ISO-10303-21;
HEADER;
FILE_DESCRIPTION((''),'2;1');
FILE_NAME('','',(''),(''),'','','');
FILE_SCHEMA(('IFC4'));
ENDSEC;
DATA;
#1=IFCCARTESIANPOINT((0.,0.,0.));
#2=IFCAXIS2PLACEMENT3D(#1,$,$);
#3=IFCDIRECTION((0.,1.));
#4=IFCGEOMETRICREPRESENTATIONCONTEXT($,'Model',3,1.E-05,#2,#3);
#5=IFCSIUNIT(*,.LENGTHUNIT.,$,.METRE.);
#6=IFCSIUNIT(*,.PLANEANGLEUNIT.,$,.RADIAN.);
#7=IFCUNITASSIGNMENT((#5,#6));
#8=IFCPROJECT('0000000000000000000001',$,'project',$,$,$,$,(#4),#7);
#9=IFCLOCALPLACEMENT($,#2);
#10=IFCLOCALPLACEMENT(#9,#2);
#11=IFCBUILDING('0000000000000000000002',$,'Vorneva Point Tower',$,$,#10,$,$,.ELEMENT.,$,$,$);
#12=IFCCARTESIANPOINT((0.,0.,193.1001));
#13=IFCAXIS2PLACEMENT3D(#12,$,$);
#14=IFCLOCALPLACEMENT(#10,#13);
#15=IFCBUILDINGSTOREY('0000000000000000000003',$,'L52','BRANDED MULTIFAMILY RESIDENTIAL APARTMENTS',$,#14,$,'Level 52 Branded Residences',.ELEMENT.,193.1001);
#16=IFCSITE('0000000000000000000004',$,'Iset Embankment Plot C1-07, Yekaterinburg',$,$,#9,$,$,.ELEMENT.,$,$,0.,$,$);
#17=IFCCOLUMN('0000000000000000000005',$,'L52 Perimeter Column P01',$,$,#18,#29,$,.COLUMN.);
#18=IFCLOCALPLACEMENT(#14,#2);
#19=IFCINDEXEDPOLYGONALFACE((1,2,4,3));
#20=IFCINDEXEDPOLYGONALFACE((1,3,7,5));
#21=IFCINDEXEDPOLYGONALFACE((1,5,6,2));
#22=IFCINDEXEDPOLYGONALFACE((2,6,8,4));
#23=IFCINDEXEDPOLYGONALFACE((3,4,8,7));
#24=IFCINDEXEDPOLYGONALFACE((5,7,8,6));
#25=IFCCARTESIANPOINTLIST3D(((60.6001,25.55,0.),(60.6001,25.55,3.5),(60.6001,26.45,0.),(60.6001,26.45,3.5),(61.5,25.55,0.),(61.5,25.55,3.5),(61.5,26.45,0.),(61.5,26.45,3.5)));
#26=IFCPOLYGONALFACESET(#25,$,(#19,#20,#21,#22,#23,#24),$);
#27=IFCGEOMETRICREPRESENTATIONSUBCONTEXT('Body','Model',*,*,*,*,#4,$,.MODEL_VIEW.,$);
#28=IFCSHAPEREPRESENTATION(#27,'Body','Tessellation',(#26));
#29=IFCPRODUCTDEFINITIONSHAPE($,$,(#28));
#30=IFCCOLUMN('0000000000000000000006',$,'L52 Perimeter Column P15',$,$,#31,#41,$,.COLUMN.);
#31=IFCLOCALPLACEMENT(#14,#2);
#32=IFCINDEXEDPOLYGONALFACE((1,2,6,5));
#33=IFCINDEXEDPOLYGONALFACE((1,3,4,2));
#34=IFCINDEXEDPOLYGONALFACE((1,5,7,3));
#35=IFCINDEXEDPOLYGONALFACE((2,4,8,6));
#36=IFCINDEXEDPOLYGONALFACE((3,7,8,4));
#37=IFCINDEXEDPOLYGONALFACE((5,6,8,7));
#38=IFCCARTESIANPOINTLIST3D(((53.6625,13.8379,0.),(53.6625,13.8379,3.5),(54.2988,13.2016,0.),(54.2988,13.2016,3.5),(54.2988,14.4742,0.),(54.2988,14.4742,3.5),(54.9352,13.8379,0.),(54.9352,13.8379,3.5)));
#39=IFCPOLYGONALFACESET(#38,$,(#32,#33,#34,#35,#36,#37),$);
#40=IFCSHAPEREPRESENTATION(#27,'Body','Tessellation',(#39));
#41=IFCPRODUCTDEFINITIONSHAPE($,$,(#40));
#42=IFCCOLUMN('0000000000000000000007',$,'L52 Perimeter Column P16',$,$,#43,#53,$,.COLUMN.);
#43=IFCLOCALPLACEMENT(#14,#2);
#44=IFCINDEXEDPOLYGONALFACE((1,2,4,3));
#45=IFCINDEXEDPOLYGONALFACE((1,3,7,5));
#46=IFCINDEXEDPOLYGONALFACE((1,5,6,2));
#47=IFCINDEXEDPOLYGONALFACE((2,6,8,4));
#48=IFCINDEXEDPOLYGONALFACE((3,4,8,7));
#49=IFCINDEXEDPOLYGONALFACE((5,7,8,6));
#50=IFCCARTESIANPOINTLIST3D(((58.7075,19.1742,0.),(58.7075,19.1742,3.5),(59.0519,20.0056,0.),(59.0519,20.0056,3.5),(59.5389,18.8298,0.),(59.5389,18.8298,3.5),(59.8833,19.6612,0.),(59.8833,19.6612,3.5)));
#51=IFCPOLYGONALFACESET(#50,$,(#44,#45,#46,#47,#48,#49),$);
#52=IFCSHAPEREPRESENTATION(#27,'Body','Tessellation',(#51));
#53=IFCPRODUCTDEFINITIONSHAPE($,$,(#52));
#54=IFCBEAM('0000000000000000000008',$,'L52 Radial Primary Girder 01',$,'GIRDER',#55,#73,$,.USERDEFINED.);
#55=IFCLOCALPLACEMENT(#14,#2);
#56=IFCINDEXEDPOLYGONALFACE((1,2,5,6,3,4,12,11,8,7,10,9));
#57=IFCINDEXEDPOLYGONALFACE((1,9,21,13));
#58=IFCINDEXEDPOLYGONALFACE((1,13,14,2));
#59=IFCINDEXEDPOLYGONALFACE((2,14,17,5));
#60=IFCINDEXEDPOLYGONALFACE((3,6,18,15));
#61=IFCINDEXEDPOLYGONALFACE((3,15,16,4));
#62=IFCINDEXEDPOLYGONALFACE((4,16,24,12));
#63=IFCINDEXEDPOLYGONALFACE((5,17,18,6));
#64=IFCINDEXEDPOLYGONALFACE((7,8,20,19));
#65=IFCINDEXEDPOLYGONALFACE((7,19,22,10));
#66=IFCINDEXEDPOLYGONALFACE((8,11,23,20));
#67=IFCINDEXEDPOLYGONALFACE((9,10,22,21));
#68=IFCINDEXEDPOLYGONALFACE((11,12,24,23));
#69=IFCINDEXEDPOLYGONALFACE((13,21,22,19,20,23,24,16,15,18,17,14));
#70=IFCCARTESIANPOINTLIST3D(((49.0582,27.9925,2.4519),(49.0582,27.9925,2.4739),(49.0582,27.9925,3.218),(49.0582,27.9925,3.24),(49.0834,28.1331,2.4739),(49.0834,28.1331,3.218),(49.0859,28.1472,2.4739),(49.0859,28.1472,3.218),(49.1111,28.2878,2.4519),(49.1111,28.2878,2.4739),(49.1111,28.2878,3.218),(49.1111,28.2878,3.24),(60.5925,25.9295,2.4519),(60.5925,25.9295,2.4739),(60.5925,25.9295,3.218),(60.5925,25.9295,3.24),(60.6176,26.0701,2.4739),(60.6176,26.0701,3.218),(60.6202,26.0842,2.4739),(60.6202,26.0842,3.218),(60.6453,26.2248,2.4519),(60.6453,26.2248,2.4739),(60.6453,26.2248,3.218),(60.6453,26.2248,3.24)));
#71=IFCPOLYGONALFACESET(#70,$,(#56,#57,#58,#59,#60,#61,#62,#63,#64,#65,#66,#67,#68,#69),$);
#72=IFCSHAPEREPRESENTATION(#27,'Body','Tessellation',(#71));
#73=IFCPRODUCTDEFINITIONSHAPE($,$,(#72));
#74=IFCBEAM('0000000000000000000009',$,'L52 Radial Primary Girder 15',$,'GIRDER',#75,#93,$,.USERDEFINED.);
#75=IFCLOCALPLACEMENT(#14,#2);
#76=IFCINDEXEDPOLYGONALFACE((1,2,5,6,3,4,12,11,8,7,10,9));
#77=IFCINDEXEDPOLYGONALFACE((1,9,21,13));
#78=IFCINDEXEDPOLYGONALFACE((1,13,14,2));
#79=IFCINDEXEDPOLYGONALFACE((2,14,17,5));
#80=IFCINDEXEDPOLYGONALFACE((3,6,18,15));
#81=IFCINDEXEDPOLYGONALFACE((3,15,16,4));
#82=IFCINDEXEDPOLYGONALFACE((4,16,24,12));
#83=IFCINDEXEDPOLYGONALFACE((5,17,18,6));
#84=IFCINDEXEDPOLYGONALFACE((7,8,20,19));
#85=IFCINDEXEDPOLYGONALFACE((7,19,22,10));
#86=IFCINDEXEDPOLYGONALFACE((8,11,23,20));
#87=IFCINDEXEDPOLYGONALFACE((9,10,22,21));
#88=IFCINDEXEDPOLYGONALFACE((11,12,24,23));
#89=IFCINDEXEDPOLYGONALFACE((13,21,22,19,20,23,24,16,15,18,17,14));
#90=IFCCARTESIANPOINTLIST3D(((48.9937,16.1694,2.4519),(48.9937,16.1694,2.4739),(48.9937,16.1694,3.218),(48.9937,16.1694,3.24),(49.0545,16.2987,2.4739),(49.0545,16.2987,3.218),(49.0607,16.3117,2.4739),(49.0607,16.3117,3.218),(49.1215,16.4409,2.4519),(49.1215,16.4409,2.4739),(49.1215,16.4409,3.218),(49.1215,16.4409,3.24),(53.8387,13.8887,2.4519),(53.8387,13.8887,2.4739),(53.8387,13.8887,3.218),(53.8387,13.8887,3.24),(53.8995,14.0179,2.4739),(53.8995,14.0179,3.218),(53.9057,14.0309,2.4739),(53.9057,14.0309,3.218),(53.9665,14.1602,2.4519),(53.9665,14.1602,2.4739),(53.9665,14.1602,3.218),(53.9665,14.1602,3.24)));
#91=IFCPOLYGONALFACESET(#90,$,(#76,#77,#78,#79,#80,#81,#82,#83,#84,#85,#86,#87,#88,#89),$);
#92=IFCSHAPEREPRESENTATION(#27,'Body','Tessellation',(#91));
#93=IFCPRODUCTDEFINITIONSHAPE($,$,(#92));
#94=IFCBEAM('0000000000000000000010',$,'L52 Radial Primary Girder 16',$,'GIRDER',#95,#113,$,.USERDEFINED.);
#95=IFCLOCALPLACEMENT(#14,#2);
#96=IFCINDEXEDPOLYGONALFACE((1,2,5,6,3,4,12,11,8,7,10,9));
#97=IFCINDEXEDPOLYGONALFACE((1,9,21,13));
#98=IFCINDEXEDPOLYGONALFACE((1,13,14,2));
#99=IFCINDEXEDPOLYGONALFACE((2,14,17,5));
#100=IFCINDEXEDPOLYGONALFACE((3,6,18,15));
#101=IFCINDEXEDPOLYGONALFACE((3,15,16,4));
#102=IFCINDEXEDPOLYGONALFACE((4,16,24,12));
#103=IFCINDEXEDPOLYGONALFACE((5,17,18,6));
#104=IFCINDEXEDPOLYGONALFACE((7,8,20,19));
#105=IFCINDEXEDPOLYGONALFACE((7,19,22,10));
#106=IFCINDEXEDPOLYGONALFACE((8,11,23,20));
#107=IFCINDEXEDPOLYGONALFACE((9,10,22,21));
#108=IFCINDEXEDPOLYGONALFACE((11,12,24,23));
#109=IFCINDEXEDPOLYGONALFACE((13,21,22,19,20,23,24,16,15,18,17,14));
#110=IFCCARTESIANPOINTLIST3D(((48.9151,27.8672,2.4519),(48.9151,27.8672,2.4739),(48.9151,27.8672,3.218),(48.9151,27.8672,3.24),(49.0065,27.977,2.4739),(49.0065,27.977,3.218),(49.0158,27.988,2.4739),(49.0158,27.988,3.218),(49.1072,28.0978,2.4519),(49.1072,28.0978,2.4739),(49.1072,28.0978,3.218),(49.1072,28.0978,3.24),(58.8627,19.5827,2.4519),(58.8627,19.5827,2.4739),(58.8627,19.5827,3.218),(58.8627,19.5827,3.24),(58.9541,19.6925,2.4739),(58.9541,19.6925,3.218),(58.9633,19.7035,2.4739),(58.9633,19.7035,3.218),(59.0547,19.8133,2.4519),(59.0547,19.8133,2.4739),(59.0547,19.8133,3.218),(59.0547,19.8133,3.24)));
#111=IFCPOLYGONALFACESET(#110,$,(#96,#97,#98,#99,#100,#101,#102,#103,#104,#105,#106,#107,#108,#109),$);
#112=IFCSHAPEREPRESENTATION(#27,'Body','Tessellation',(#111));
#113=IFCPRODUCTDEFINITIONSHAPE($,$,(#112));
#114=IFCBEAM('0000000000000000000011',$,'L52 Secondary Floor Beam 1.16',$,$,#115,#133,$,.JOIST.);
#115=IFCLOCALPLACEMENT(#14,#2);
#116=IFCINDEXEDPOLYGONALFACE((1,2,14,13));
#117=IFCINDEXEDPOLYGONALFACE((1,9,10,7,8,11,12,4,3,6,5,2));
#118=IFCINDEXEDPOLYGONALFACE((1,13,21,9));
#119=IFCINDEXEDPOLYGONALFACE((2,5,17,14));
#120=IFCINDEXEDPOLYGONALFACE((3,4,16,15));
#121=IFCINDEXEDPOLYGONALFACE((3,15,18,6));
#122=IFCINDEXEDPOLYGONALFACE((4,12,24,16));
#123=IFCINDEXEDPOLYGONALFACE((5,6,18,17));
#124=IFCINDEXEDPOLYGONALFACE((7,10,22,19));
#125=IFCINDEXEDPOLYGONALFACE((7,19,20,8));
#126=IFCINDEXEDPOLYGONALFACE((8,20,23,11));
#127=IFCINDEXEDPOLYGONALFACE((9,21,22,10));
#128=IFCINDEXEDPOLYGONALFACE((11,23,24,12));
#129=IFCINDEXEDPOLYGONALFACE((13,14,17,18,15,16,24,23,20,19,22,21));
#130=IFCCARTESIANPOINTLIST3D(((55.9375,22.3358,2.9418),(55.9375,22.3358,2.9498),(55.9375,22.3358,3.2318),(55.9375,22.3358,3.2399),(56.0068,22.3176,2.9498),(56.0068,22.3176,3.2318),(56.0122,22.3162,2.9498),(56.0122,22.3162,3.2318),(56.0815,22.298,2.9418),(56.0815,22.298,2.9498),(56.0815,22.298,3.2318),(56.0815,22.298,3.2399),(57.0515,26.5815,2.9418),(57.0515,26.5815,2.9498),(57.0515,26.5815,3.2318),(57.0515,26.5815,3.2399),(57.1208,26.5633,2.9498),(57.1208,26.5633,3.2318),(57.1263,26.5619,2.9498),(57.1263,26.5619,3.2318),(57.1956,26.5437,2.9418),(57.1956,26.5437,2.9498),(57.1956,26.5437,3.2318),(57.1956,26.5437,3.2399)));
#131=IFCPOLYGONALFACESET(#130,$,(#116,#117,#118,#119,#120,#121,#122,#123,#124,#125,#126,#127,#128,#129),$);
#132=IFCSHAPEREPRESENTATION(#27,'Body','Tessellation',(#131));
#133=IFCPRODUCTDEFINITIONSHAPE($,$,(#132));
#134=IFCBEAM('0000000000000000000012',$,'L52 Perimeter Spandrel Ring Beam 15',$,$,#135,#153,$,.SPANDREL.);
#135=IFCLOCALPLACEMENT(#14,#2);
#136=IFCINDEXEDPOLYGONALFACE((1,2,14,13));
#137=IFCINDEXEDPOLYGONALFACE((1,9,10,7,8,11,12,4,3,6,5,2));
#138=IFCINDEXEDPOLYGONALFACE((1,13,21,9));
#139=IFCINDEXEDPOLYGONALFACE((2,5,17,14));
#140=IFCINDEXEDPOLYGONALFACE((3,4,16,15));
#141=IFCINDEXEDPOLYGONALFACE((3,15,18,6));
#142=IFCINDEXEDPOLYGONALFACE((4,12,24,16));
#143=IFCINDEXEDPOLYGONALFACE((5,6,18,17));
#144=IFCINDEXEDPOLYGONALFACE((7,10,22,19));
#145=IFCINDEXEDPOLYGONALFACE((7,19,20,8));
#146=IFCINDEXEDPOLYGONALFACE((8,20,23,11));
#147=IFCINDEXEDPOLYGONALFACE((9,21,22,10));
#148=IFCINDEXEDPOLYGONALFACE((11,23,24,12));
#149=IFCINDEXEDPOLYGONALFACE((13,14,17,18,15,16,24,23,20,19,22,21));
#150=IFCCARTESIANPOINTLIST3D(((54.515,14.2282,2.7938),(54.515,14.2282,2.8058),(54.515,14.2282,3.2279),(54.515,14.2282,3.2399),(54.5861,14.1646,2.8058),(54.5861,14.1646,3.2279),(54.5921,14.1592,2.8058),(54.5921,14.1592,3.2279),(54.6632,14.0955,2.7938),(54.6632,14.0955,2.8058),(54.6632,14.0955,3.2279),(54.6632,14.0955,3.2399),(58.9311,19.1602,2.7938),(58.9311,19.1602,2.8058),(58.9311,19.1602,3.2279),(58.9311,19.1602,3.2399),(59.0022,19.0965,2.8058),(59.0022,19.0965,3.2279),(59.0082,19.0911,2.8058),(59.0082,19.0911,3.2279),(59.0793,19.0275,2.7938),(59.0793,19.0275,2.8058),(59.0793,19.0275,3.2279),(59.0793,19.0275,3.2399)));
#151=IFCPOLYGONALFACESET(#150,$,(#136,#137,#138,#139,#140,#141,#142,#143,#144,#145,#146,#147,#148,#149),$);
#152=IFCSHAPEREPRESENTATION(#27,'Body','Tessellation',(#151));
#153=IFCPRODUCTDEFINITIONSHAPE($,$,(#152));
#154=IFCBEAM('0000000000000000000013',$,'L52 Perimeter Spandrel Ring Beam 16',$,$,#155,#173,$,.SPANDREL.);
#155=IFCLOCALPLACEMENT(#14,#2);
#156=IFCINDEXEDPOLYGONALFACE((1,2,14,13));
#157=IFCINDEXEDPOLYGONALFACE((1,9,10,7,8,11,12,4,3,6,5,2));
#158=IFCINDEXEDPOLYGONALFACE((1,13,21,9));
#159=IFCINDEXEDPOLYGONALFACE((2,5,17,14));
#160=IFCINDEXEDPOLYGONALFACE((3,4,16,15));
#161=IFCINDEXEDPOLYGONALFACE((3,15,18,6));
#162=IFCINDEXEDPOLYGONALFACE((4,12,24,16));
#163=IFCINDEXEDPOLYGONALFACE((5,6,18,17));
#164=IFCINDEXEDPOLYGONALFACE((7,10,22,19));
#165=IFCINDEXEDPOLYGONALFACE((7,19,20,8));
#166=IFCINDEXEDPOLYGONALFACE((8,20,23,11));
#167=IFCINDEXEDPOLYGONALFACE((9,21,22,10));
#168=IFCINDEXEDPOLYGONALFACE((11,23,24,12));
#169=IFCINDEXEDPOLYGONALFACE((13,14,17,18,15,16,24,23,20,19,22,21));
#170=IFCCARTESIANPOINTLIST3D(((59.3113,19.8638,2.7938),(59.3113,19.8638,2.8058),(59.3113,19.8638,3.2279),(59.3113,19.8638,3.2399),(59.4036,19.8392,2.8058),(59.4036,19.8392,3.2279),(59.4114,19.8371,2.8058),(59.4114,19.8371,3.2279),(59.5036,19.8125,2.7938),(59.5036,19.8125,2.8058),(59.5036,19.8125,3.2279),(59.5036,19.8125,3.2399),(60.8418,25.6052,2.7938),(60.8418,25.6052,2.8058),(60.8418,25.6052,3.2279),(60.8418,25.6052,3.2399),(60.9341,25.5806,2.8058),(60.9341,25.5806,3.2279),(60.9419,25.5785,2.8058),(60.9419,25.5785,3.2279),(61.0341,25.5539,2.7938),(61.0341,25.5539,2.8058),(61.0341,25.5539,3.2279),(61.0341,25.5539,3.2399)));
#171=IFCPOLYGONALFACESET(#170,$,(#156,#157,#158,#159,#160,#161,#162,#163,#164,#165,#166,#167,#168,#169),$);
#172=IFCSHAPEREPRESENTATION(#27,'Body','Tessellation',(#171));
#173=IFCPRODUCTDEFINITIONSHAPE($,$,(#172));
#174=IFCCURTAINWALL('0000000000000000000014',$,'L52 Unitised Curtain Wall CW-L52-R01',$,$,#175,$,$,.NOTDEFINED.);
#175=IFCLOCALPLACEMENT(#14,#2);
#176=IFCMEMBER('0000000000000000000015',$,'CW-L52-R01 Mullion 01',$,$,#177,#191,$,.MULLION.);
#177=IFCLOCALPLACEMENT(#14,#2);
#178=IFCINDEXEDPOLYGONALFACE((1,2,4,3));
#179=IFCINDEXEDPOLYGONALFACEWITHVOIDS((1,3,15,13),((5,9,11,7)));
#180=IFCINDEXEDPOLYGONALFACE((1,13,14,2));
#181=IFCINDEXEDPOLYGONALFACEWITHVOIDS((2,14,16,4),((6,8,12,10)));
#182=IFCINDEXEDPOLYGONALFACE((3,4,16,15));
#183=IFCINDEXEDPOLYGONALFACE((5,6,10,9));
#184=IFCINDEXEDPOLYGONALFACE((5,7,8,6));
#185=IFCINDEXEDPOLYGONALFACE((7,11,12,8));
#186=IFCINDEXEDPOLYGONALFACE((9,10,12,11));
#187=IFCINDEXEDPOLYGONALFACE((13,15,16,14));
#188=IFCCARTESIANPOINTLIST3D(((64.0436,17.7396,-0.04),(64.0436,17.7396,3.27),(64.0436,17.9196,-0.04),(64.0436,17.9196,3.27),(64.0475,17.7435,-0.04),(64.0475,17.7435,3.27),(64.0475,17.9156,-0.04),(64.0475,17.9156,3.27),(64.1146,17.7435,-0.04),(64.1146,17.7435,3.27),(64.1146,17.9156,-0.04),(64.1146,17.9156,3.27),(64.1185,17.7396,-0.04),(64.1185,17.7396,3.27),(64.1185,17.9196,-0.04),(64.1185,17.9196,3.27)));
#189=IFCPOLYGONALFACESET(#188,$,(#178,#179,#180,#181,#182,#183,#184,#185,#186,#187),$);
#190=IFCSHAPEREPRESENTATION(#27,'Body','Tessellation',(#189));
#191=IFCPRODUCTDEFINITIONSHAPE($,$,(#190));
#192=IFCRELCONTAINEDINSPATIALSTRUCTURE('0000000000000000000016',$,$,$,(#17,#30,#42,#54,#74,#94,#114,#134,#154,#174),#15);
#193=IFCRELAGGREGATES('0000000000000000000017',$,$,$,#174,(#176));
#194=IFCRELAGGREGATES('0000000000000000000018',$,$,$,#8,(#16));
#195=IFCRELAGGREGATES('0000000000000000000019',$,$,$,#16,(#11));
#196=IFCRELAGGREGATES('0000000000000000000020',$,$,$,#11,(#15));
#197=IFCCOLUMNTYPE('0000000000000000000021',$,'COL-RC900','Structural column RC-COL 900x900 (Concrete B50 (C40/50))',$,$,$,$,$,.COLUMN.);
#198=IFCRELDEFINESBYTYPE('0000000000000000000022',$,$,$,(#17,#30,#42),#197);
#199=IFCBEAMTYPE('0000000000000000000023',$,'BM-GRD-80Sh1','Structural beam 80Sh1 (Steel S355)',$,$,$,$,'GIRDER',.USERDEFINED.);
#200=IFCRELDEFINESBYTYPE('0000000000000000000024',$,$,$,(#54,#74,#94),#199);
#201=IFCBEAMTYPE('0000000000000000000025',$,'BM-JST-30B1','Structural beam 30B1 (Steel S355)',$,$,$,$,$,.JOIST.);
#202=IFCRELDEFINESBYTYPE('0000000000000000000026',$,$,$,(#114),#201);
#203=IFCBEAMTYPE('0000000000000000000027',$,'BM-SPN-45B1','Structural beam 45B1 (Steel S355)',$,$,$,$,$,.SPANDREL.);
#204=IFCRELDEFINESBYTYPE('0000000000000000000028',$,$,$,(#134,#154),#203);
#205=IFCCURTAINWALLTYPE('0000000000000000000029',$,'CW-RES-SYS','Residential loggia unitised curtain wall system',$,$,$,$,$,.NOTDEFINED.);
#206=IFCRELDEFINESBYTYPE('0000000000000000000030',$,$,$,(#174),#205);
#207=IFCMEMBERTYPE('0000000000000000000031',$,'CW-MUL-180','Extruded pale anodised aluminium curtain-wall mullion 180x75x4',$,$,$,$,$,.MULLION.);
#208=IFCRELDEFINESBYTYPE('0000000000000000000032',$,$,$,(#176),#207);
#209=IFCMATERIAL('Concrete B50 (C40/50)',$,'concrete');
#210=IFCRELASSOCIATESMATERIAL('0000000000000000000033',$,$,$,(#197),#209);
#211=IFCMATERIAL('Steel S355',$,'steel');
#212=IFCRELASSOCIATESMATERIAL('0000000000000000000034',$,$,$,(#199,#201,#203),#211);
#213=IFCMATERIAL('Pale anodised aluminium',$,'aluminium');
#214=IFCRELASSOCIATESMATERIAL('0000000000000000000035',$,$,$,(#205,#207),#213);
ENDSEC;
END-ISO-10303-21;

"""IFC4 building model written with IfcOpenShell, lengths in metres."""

from ifc_helpers import new_model, si_unit, direction, frame, origin, origin_2d, place, context, subcontext, project, spatial, rectangle, hollow_rectangle, i_section, extrude, material, material_profile, profile_set, type_object, element, aggregate, save


model = new_model("IFC4")

# Units and contexts
model_context = context("Model", 3, precision=1e-05, world=origin(), true_north=direction((0.0, 1.0)))
body_context = subcontext(model_context, "Body", "Model", "MODEL_VIEW")
ifc_project = project(units=[si_unit("LENGTHUNIT", "METRE"), si_unit("PLANEANGLEUNIT", "RADIAN")], contexts=[model_context])

# Site, building, storey
site_placement = place(None, origin())
site = spatial("IfcSite", under=ifc_project, at=site_placement, Name="Iset Embankment Plot C1-07, Yekaterinburg", CompositionType="ELEMENT", RefElevation=0.0)
building_placement = place(site_placement, origin())
building = spatial("IfcBuilding", under=site, at=building_placement, Name="Vorneva Point Tower", CompositionType="ELEMENT")
storey_placement = place(building_placement, frame((0.0, 0.0, 193.1001)))
storey = spatial("IfcBuildingStorey", under=building, at=storey_placement, Name="L52", Description="BRANDED MULTIFAMILY RESIDENTIAL APARTMENTS", LongName="Level 52 Branded Residences", CompositionType="ELEMENT", Elevation=193.1001)

# Columns
ifc_material_1 = material(Name="Concrete B50 (C40/50)", Category="concrete")
ifc_material_profile_1 = material_profile(ifc_material_1, rectangle(XDim=0.8999, YDim=0.8999, at=origin_2d()), Name="RC-COL 900x900")
ifc_profile_set_1 = profile_set([ifc_material_profile_1], Name="Concrete B50 (C40/50)")
column_type = type_object("IfcColumnType", Name="COL-RC900", Description="Structural column RC-COL 900x900 (Concrete B50 (C40/50))", PredefinedType="COLUMN", material=ifc_profile_set_1)
for number, where, z_axis, x_axis, name in (
    (1, (61.05, 26.0, 0.0), (0.0, 0.0, 1.0), (1.0, 0.0, 0.0), "L52 Perimeter Column P01"),
    (2, (54.2988, 13.8379, 0.0), (0.0, 0.0, 1.0), (0.707107, -0.707107, 0.0), "L52 Perimeter Column P15"),
    (3, (59.2954, 19.4177, 0.0), (0.0, 0.0, 1.0), (0.92388, -0.382683, 0.0), "L52 Perimeter Column P16"),
):
    element("IfcColumn", number, at=place(storey_placement, frame(where, z_axis=z_axis, x_axis=x_axis)), inside=storey, type_object=column_type, Name=name, PredefinedType="COLUMN", context=body_context, shape_type="SweptSolid", body=[
        extrude(rectangle(XDim=0.8999, YDim=0.8999, at=origin_2d()), origin(), (0.0, 0.0, 1.0), 3.5),
    ])

# Beams
ifc_material_2 = material(Name="Steel S355", Category="steel")
ifc_material_profile_2 = material_profile(ifc_material_2, i_section(OverallWidth=0.3, OverallDepth=0.7881, WebThickness=0.0144, FlangeThickness=0.022, at=origin_2d()), Name="80Sh1")
ifc_profile_set_2 = profile_set([ifc_material_profile_2], Name="Steel S355")
beam_type_1 = type_object("IfcBeamType", Name="BM-GRD-80Sh1", Description="Structural beam 80Sh1 (Steel S355)", ElementType="GIRDER", PredefinedType="USERDEFINED", material=ifc_profile_set_2)
beam_1_placement = place(storey_placement, frame((60.6189, 26.0771, 2.8459), z_axis=(-0.984379, 0.176065, 0.0), x_axis=(-0.176065, -0.984379, 0.0)))
element("IfcBeam", 4, at=beam_1_placement, inside=storey, type_object=beam_type_1, Name="L52 Radial Primary Girder 01", ObjectType="GIRDER", PredefinedType="USERDEFINED", context=body_context, shape_type="SweptSolid", body=[
    extrude(i_section(OverallWidth=0.3, OverallDepth=0.7881, WebThickness=0.0144, FlangeThickness=0.022, at=origin_2d()), origin(), (0.0, 0.0, 1.0), 11.7173),
])
beam_2_placement = place(storey_placement, frame((53.9026, 14.0244, 2.8459), z_axis=(-0.904763, 0.425916, 0.0), x_axis=(-0.425916, -0.904763, 0.0)))
element("IfcBeam", 5, at=beam_2_placement, inside=storey, type_object=beam_type_1, Name="L52 Radial Primary Girder 15", ObjectType="GIRDER", PredefinedType="USERDEFINED", context=body_context, shape_type="SweptSolid", body=[
    extrude(i_section(OverallWidth=0.3, OverallDepth=0.7881, WebThickness=0.0144, FlangeThickness=0.022, at=origin_2d()), origin(), (0.0, 0.0, 1.0), 5.355),
])
beam_3_placement = place(storey_placement, frame((58.9587, 19.698, 2.8459), z_axis=(-0.768418, 0.639949, 0.0), x_axis=(-0.639949, -0.768418, 0.0)))
element("IfcBeam", 6, at=beam_3_placement, inside=storey, type_object=beam_type_1, Name="L52 Radial Primary Girder 16", ObjectType="GIRDER", PredefinedType="USERDEFINED", context=body_context, shape_type="SweptSolid", body=[
    extrude(i_section(OverallWidth=0.3, OverallDepth=0.7881, WebThickness=0.0144, FlangeThickness=0.022, at=origin_2d()), origin(), (0.0, 0.0, 1.0), 12.9456),
])
ifc_material_profile_3 = material_profile(ifc_material_2, i_section(OverallWidth=0.1489, OverallDepth=0.2981, WebThickness=0.0056, FlangeThickness=0.0081, at=origin_2d()), Name="30B1")
ifc_profile_set_3 = profile_set([ifc_material_profile_3], Name="Steel S355")
beam_type_2 = type_object("IfcBeamType", Name="BM-JST-30B1", Description="Structural beam 30B1 (Steel S355)", PredefinedType="JOIST", material=ifc_profile_set_3)
beam_4_placement = place(storey_placement, frame((56.0095, 22.3169, 3.0908), z_axis=(0.253801, 0.967257, 0.0), x_axis=(-0.967257, 0.253801, 0.0)))
element("IfcBeam", 7, at=beam_4_placement, inside=storey, type_object=beam_type_2, Name="L52 Secondary Floor Beam 1.16", PredefinedType="JOIST", context=body_context, shape_type="SweptSolid", body=[
    extrude(i_section(OverallWidth=0.1489, OverallDepth=0.2981, WebThickness=0.0056, FlangeThickness=0.0081, at=origin_2d()), origin(), (0.0, 0.0, 1.0), 4.3894),
])
ifc_material_profile_4 = material_profile(ifc_material_2, i_section(OverallWidth=0.199, OverallDepth=0.446, WebThickness=0.0081, FlangeThickness=0.012, at=origin_2d()), Name="45B1")
ifc_profile_set_4 = profile_set([ifc_material_profile_4], Name="Steel S355")
beam_type_3 = type_object("IfcBeamType", Name="BM-SPN-45B1", Description="Structural beam 45B1 (Steel S355)", PredefinedType="SPANDREL", material=ifc_profile_set_4)
beam_5_placement = place(storey_placement, frame((54.5891, 14.1619, 3.0168), z_axis=(0.66707, 0.744995, 0.0), x_axis=(-0.744995, 0.66707, 0.0)))
element("IfcBeam", 8, at=beam_5_placement, inside=storey, type_object=beam_type_3, Name="L52 Perimeter Spandrel Ring Beam 15", PredefinedType="SPANDREL", context=body_context, shape_type="SweptSolid", body=[
    extrude(i_section(OverallWidth=0.199, OverallDepth=0.446, WebThickness=0.0081, FlangeThickness=0.012, at=origin_2d()), origin(), (0.0, 0.0, 1.0), 6.6201),
])
beam_6_placement = place(storey_placement, frame((59.4075, 19.8381, 3.0168), z_axis=(0.257578, 0.966257, 0.0), x_axis=(-0.966257, 0.257578, 0.0)))
element("IfcBeam", 9, at=beam_6_placement, inside=storey, type_object=beam_type_3, Name="L52 Perimeter Spandrel Ring Beam 16", PredefinedType="SPANDREL", context=body_context, shape_type="SweptSolid", body=[
    extrude(i_section(OverallWidth=0.199, OverallDepth=0.446, WebThickness=0.0081, FlangeThickness=0.012, at=origin_2d()), origin(), (0.0, 0.0, 1.0), 5.9419),
])

# Curtain wall, member
ifc_material_3 = material(Name="Pale anodised aluminium", Category="aluminium")
curtain_wall_type = type_object("IfcCurtainWallType", Name="CW-RES-SYS", Description="Residential loggia unitised curtain wall system", PredefinedType="NOTDEFINED", material=ifc_material_3)
curtain_wall_1_placement = place(storey_placement, origin())
curtain_wall_1 = element("IfcCurtainWall", 10, at=curtain_wall_1_placement, inside=storey, type_object=curtain_wall_type, Name="L52 Unitised Curtain Wall CW-L52-R01", PredefinedType="NOTDEFINED")
ifc_material_profile_5 = material_profile(ifc_material_3, hollow_rectangle(XDim=0.075, YDim=0.1799, WallThickness=0.0039, at=origin_2d()), Name="AL-MUL 180x75x4")
ifc_profile_set_5 = profile_set([ifc_material_profile_5], Name="Pale anodised aluminium")
member_type_1 = type_object("IfcMemberType", Name="CW-MUL-180", Description="Extruded pale anodised aluminium curtain-wall mullion 180x75x4", PredefinedType="MULLION", material=ifc_profile_set_5)
member_1_placement = place(storey_placement, frame((64.0811, 17.8296, -0.04), z_axis=(0.0, 0.0, 1.0), x_axis=(1.0, 0.0, 0.0)))
member_1 = element("IfcMember", 11, at=member_1_placement, type_object=member_type_1, Name="CW-L52-R01 Mullion 01", PredefinedType="MULLION", context=body_context, shape_type="SweptSolid", body=[
    extrude(hollow_rectangle(XDim=0.075, YDim=0.1799, WallThickness=0.0039, at=origin_2d()), origin(), (0.0, 0.0, 1.0), 3.3101),
])

aggregate(curtain_wall_1, [member_1])

save(model, "model.ifc")
